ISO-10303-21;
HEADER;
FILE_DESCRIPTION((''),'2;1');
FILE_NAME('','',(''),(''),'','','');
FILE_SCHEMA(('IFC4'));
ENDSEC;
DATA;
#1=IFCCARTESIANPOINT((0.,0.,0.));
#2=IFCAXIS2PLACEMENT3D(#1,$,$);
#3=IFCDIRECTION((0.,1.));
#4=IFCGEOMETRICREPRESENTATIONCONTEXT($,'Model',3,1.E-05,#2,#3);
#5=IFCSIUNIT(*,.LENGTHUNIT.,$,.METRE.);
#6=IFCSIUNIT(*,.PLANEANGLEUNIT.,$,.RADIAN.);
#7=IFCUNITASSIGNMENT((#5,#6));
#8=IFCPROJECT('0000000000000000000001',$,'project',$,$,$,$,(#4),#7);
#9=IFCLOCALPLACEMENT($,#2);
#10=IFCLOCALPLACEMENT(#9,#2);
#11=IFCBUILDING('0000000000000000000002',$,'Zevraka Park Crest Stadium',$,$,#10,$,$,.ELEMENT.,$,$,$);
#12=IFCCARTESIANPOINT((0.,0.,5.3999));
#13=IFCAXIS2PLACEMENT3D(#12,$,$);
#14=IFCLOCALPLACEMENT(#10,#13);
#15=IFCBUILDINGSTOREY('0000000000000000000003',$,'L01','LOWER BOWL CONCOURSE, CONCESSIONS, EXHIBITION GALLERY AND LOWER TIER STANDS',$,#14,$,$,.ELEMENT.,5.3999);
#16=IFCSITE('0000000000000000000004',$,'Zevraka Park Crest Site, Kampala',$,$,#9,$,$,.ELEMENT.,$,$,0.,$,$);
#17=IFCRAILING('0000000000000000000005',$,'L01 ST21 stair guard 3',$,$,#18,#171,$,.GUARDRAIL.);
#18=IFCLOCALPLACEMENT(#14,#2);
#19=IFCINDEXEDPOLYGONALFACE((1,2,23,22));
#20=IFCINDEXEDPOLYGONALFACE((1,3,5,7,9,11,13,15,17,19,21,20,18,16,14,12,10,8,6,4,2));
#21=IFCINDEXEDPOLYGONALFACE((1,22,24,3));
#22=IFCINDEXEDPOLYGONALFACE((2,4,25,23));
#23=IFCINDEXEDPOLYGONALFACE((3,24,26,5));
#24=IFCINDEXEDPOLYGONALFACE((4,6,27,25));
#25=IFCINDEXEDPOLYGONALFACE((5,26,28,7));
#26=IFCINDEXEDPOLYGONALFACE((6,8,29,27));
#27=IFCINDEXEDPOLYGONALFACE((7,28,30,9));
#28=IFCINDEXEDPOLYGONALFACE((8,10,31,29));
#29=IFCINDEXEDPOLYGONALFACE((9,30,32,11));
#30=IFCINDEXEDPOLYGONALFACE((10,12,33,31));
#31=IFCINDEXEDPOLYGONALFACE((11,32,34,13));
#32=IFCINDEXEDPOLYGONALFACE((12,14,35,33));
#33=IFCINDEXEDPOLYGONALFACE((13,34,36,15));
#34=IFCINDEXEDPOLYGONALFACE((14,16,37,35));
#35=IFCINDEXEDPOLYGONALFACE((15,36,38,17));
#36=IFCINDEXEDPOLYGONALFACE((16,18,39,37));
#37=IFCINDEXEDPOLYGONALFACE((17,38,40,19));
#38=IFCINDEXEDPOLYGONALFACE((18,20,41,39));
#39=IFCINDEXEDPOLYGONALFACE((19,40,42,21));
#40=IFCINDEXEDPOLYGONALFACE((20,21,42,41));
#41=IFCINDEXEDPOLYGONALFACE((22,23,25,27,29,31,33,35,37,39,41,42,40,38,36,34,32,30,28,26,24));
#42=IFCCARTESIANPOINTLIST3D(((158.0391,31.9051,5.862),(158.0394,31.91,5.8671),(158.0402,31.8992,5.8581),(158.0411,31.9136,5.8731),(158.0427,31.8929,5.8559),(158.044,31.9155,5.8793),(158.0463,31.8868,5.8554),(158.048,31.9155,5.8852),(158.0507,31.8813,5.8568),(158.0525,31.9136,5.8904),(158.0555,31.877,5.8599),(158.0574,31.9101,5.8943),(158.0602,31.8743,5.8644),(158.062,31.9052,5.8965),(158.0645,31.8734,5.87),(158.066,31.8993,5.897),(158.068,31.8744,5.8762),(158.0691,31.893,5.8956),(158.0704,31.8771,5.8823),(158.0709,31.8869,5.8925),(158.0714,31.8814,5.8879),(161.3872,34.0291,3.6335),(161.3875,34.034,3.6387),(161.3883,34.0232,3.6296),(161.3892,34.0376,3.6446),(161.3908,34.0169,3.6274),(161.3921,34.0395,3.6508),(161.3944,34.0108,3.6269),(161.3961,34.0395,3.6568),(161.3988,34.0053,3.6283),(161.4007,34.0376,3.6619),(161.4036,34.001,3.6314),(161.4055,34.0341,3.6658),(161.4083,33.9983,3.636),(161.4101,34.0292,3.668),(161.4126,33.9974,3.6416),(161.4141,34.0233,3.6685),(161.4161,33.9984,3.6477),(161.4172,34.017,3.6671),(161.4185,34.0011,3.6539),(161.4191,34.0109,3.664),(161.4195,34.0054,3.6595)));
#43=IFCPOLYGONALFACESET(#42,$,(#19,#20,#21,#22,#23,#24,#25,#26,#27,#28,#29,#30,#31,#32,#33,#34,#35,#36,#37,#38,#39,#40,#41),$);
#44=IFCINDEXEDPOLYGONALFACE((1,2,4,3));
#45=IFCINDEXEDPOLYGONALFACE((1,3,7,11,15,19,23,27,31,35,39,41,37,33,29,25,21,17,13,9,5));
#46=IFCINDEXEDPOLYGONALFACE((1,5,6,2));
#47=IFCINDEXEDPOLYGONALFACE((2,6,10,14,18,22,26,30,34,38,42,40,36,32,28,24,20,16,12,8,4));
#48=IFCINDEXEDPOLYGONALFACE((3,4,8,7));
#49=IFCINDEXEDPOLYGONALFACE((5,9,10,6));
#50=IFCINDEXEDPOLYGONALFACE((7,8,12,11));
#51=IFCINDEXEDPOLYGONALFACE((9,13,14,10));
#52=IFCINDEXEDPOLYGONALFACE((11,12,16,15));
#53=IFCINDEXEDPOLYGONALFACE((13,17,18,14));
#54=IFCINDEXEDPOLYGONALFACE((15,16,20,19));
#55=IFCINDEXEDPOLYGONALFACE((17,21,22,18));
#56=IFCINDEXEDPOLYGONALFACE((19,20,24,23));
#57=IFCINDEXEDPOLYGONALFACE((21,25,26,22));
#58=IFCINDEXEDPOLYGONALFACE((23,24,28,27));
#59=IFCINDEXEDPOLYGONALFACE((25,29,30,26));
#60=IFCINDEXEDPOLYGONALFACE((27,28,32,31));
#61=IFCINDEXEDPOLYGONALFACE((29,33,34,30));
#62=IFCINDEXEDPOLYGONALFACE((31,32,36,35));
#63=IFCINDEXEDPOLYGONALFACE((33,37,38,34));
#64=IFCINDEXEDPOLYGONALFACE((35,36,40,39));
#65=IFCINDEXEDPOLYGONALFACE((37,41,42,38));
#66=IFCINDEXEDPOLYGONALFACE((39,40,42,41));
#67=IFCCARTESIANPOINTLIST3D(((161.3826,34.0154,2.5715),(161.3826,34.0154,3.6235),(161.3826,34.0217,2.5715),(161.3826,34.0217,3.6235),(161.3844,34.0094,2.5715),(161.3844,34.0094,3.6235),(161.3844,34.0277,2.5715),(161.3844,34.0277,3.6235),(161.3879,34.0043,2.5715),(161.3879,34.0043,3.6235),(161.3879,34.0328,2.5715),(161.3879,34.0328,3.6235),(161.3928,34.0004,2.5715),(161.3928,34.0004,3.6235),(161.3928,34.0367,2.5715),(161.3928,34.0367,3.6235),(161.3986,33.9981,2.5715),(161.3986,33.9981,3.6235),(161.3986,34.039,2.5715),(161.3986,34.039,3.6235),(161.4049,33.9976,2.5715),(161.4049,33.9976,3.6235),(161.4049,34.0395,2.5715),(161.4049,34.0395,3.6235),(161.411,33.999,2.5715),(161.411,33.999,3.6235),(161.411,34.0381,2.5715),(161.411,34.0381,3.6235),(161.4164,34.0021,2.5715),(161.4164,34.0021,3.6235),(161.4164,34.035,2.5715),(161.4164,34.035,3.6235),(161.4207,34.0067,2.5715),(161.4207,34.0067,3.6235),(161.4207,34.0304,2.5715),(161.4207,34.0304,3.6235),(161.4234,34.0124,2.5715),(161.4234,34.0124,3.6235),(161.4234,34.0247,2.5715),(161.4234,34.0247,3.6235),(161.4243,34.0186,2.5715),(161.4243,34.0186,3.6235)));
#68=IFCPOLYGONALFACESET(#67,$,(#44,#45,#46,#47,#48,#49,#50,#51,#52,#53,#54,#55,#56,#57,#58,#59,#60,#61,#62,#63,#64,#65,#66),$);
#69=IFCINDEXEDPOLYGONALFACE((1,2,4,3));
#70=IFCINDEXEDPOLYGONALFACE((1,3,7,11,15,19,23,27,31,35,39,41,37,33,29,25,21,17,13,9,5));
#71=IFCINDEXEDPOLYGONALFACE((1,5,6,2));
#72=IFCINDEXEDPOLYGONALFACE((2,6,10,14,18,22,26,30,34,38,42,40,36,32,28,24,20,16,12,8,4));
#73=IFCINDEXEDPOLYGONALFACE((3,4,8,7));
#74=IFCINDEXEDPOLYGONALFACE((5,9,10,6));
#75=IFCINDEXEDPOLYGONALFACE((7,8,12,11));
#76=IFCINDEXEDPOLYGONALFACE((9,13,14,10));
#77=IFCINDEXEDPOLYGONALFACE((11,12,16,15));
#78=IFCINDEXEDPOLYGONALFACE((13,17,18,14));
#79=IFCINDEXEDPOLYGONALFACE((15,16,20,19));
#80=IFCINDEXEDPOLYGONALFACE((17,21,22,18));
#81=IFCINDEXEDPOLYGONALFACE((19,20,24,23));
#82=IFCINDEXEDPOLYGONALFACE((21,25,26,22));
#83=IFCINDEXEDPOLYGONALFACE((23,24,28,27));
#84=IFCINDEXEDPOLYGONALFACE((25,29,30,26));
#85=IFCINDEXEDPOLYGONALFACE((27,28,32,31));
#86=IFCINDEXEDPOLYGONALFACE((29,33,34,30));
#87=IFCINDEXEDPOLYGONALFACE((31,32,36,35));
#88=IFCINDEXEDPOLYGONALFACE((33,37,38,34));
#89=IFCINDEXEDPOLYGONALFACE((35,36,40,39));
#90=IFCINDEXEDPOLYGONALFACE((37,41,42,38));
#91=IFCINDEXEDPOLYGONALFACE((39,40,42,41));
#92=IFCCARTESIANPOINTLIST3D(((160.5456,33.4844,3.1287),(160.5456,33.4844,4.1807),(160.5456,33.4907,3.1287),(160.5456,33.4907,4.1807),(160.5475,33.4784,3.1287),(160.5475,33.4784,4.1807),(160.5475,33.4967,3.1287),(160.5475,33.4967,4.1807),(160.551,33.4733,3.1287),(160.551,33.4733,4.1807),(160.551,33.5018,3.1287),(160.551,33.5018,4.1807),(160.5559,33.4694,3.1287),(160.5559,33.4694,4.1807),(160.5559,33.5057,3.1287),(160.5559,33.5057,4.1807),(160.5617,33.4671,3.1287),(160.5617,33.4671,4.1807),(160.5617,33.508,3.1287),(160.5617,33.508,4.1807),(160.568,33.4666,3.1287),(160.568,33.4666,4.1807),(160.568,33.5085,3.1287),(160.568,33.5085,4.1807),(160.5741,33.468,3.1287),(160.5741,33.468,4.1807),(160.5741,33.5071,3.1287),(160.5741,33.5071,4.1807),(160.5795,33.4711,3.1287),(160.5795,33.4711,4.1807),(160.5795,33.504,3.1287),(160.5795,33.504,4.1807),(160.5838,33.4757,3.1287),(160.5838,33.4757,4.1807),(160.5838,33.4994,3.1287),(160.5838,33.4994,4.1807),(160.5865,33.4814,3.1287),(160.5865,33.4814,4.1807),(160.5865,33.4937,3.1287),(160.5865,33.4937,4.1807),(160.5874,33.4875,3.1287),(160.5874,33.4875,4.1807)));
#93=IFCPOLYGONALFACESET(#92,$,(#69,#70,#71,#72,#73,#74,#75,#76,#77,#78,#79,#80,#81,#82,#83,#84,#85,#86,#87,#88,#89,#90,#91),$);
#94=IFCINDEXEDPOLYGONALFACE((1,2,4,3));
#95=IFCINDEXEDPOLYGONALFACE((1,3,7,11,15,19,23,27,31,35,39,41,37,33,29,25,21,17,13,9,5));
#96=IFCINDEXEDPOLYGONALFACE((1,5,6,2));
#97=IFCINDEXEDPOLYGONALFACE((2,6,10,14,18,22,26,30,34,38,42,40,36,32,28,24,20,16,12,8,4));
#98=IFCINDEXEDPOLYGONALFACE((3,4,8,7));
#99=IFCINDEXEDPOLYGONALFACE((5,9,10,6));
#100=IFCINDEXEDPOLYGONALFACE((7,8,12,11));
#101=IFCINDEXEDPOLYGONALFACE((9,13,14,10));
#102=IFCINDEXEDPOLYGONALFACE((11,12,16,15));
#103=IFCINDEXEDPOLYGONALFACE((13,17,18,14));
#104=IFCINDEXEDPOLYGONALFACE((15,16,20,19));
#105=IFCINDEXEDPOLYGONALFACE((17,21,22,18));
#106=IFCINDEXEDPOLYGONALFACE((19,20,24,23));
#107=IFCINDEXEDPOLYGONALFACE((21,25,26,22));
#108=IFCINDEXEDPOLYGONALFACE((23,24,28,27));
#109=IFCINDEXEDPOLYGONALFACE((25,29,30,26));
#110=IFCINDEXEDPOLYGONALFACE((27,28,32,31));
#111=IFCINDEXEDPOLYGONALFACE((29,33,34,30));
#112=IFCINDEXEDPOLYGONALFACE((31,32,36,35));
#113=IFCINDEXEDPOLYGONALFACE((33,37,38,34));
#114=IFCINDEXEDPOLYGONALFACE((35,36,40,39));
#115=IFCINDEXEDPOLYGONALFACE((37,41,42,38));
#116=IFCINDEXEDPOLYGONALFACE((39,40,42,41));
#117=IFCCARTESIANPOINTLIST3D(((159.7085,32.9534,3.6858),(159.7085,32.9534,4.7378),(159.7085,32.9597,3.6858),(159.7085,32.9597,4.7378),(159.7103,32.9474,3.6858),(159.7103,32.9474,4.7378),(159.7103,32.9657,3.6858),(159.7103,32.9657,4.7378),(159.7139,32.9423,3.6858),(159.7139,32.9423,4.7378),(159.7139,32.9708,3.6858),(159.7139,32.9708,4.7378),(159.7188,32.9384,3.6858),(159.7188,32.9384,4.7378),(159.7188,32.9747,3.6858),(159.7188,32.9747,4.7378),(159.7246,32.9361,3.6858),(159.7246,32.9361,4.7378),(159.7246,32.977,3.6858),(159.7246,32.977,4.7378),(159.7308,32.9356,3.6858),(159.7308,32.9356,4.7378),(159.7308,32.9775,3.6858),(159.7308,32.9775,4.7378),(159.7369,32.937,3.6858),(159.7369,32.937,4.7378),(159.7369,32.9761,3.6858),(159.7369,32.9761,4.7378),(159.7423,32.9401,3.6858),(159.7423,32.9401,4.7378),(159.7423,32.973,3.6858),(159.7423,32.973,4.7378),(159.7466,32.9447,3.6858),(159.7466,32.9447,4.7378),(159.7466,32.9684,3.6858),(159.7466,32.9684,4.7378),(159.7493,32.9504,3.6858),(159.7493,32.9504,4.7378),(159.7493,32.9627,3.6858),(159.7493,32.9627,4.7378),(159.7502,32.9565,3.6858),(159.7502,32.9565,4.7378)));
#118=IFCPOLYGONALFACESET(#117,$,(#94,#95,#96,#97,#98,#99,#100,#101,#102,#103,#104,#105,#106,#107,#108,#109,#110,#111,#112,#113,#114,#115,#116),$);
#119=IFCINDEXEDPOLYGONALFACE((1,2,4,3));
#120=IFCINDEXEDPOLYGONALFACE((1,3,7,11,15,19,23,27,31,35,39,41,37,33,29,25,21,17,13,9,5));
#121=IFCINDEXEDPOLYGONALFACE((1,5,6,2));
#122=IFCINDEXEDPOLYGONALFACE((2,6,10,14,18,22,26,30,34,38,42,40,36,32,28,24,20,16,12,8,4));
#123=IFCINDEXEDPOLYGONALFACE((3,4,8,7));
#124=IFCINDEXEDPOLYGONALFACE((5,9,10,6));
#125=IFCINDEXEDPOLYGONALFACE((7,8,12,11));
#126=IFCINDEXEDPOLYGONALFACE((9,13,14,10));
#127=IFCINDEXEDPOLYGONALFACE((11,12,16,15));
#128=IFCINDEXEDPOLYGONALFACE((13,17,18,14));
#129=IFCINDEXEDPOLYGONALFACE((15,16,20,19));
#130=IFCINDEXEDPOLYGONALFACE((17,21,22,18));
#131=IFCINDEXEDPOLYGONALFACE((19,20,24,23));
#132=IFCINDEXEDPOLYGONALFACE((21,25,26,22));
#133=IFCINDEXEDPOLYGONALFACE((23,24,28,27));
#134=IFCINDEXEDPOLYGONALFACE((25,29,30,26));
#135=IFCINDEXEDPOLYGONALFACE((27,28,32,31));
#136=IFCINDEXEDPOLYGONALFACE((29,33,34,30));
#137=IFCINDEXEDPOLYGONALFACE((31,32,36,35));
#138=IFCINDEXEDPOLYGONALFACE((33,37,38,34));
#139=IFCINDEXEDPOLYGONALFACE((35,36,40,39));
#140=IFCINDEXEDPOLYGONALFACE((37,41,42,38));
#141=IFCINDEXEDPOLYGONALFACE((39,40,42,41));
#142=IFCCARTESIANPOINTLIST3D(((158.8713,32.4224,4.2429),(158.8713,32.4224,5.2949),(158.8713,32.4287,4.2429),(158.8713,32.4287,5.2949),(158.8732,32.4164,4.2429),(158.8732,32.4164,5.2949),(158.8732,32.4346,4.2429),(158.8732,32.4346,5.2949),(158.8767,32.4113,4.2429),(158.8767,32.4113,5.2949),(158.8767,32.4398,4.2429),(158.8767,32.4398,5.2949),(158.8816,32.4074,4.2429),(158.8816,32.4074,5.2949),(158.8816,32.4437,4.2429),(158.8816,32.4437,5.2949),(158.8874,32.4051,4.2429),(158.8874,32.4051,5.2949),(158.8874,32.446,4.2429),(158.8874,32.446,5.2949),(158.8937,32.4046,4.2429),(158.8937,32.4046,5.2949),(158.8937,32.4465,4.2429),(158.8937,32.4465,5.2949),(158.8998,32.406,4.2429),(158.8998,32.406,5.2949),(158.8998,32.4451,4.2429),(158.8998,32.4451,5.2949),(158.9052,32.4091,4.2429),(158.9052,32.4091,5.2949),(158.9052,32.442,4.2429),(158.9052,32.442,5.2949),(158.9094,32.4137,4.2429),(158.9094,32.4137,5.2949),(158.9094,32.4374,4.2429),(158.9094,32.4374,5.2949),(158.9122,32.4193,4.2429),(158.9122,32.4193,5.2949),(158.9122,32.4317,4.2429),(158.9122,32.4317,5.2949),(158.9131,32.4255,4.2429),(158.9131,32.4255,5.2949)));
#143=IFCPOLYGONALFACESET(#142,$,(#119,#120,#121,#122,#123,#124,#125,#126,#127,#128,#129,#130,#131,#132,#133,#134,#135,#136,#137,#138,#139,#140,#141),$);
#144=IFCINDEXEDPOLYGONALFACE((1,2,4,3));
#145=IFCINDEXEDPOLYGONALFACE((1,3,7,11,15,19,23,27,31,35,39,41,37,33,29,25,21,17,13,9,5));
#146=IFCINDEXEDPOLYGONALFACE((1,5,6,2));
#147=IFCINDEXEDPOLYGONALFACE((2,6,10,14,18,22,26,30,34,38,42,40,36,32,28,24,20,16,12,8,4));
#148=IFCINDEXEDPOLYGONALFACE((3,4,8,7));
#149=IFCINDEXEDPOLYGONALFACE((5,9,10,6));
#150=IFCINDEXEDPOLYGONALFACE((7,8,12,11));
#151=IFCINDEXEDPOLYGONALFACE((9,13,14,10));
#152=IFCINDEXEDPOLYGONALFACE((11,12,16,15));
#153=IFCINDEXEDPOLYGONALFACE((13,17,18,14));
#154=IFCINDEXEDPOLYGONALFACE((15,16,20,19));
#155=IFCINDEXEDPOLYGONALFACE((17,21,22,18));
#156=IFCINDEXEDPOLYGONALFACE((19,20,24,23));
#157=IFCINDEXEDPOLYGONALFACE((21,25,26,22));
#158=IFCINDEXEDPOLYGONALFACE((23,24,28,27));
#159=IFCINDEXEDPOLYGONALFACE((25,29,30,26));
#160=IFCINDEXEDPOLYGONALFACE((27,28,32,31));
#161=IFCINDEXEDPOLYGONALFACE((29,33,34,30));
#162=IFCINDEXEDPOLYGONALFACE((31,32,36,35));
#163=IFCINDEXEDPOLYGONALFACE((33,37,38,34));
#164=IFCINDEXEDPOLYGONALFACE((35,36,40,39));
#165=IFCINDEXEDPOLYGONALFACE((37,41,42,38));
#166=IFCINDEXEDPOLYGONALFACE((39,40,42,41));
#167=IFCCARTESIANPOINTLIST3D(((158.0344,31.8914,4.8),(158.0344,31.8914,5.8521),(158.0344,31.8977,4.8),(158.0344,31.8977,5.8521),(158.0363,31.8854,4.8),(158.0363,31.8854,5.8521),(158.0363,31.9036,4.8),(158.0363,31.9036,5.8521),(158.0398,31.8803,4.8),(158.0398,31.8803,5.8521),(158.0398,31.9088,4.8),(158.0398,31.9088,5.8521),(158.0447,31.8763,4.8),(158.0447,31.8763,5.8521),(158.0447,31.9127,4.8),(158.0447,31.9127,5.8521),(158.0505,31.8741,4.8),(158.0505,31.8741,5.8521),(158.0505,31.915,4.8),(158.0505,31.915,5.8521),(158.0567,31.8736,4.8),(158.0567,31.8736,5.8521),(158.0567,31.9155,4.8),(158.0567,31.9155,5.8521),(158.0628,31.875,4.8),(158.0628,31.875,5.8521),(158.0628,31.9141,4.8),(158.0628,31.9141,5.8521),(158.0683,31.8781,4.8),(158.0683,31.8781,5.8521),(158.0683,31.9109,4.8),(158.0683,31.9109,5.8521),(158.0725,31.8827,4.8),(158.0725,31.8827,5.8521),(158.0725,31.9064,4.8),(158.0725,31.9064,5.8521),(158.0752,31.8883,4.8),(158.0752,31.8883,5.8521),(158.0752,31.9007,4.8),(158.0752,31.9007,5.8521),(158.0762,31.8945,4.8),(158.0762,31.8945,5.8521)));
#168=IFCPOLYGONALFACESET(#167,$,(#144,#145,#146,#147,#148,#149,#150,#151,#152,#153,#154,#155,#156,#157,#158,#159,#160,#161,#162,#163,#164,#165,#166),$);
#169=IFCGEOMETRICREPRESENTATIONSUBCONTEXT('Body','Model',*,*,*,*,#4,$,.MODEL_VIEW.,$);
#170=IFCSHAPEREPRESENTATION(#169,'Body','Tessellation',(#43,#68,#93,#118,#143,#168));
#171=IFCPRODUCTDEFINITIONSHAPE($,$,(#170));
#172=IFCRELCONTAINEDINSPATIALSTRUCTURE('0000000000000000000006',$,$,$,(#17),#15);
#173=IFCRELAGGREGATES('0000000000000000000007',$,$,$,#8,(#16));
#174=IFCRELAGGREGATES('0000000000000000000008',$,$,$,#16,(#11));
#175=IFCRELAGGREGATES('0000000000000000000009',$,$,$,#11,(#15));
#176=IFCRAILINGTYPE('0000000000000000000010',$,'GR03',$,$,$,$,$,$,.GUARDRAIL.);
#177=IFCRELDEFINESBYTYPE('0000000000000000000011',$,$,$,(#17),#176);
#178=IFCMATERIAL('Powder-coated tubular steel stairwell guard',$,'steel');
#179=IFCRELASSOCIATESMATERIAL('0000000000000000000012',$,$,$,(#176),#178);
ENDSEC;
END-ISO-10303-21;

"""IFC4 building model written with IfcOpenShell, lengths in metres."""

from ifc_helpers import new_model, si_unit, direction, frame, origin, origin_2d, place, context, subcontext, project, spatial, circle, extrude, material, type_object, element, save


model = new_model("IFC4")

# Units and contexts
model_context = context("Model", 3, precision=1e-05, world=origin(), true_north=direction((0.0, 1.0)))
body_context = subcontext(model_context, "Body", "Model", "MODEL_VIEW")
ifc_project = project(units=[si_unit("LENGTHUNIT", "METRE"), si_unit("PLANEANGLEUNIT", "RADIAN")], contexts=[model_context])

# Site, building, storey
site_placement = place(None, origin())
site = spatial("IfcSite", under=ifc_project, at=site_placement, Name="Zevraka Park Crest Site, Kampala", CompositionType="ELEMENT", RefElevation=0.0)
building_placement = place(site_placement, origin())
building = spatial("IfcBuilding", under=site, at=building_placement, Name="Zevraka Park Crest Stadium", CompositionType="ELEMENT")
storey_placement = place(building_placement, frame((0.0, 0.0, 5.3999)))
storey = spatial("IfcBuildingStorey", under=building, at=storey_placement, Name="L01", Description="LOWER BOWL CONCOURSE, CONCESSIONS, EXHIBITION GALLERY AND LOWER TIER STANDS", CompositionType="ELEMENT", Elevation=5.3999)

# Railing
ifc_material_1 = material(Name="Powder-coated tubular steel stairwell guard", Category="steel")
railing_type_1 = type_object("IfcRailingType", Name="GR03", PredefinedType="GUARDRAIL", material=ifc_material_1)
railing_1_placement = place(storey_placement, frame((161.4033, 34.0186, 2.5715)))
element("IfcRailing", 1, at=railing_1_placement, inside=storey, type_object=railing_type_1, Name="L01 ST21 stair guard 3", PredefinedType="GUARDRAIL", context=body_context, shape_type="SweptSolid", body=[
    extrude(circle(Radius=0.0239, at=origin_2d()), frame((0.0, 0.0, 1.0762), z_axis=(-0.736117, -0.466984, 0.489957), x_axis=(0.535688, -0.844416, 0.0)), (0.0, 0.0, 1.0), 4.5483),
    extrude(circle(Radius=0.021, at=origin_2d()), origin(), (0.0, 0.0, 1.0), 1.052),
    extrude(circle(Radius=0.021, at=origin_2d()), frame((-0.8369, -0.531, 0.5571)), (0.0, 0.0, 1.0), 1.052),
    extrude(circle(Radius=0.021, at=origin_2d()), frame((-1.6741, -1.062, 1.1143)), (0.0, 0.0, 1.0), 1.052),
    extrude(circle(Radius=0.021, at=origin_2d()), frame((-2.5112, -1.593, 1.6714)), (0.0, 0.0, 1.0), 1.052),
    extrude(circle(Radius=0.021, at=origin_2d()), frame((-3.3481, -2.124, 2.2285)), (0.0, 0.0, 1.0), 1.052),
])

save(model, "model.ifc")
